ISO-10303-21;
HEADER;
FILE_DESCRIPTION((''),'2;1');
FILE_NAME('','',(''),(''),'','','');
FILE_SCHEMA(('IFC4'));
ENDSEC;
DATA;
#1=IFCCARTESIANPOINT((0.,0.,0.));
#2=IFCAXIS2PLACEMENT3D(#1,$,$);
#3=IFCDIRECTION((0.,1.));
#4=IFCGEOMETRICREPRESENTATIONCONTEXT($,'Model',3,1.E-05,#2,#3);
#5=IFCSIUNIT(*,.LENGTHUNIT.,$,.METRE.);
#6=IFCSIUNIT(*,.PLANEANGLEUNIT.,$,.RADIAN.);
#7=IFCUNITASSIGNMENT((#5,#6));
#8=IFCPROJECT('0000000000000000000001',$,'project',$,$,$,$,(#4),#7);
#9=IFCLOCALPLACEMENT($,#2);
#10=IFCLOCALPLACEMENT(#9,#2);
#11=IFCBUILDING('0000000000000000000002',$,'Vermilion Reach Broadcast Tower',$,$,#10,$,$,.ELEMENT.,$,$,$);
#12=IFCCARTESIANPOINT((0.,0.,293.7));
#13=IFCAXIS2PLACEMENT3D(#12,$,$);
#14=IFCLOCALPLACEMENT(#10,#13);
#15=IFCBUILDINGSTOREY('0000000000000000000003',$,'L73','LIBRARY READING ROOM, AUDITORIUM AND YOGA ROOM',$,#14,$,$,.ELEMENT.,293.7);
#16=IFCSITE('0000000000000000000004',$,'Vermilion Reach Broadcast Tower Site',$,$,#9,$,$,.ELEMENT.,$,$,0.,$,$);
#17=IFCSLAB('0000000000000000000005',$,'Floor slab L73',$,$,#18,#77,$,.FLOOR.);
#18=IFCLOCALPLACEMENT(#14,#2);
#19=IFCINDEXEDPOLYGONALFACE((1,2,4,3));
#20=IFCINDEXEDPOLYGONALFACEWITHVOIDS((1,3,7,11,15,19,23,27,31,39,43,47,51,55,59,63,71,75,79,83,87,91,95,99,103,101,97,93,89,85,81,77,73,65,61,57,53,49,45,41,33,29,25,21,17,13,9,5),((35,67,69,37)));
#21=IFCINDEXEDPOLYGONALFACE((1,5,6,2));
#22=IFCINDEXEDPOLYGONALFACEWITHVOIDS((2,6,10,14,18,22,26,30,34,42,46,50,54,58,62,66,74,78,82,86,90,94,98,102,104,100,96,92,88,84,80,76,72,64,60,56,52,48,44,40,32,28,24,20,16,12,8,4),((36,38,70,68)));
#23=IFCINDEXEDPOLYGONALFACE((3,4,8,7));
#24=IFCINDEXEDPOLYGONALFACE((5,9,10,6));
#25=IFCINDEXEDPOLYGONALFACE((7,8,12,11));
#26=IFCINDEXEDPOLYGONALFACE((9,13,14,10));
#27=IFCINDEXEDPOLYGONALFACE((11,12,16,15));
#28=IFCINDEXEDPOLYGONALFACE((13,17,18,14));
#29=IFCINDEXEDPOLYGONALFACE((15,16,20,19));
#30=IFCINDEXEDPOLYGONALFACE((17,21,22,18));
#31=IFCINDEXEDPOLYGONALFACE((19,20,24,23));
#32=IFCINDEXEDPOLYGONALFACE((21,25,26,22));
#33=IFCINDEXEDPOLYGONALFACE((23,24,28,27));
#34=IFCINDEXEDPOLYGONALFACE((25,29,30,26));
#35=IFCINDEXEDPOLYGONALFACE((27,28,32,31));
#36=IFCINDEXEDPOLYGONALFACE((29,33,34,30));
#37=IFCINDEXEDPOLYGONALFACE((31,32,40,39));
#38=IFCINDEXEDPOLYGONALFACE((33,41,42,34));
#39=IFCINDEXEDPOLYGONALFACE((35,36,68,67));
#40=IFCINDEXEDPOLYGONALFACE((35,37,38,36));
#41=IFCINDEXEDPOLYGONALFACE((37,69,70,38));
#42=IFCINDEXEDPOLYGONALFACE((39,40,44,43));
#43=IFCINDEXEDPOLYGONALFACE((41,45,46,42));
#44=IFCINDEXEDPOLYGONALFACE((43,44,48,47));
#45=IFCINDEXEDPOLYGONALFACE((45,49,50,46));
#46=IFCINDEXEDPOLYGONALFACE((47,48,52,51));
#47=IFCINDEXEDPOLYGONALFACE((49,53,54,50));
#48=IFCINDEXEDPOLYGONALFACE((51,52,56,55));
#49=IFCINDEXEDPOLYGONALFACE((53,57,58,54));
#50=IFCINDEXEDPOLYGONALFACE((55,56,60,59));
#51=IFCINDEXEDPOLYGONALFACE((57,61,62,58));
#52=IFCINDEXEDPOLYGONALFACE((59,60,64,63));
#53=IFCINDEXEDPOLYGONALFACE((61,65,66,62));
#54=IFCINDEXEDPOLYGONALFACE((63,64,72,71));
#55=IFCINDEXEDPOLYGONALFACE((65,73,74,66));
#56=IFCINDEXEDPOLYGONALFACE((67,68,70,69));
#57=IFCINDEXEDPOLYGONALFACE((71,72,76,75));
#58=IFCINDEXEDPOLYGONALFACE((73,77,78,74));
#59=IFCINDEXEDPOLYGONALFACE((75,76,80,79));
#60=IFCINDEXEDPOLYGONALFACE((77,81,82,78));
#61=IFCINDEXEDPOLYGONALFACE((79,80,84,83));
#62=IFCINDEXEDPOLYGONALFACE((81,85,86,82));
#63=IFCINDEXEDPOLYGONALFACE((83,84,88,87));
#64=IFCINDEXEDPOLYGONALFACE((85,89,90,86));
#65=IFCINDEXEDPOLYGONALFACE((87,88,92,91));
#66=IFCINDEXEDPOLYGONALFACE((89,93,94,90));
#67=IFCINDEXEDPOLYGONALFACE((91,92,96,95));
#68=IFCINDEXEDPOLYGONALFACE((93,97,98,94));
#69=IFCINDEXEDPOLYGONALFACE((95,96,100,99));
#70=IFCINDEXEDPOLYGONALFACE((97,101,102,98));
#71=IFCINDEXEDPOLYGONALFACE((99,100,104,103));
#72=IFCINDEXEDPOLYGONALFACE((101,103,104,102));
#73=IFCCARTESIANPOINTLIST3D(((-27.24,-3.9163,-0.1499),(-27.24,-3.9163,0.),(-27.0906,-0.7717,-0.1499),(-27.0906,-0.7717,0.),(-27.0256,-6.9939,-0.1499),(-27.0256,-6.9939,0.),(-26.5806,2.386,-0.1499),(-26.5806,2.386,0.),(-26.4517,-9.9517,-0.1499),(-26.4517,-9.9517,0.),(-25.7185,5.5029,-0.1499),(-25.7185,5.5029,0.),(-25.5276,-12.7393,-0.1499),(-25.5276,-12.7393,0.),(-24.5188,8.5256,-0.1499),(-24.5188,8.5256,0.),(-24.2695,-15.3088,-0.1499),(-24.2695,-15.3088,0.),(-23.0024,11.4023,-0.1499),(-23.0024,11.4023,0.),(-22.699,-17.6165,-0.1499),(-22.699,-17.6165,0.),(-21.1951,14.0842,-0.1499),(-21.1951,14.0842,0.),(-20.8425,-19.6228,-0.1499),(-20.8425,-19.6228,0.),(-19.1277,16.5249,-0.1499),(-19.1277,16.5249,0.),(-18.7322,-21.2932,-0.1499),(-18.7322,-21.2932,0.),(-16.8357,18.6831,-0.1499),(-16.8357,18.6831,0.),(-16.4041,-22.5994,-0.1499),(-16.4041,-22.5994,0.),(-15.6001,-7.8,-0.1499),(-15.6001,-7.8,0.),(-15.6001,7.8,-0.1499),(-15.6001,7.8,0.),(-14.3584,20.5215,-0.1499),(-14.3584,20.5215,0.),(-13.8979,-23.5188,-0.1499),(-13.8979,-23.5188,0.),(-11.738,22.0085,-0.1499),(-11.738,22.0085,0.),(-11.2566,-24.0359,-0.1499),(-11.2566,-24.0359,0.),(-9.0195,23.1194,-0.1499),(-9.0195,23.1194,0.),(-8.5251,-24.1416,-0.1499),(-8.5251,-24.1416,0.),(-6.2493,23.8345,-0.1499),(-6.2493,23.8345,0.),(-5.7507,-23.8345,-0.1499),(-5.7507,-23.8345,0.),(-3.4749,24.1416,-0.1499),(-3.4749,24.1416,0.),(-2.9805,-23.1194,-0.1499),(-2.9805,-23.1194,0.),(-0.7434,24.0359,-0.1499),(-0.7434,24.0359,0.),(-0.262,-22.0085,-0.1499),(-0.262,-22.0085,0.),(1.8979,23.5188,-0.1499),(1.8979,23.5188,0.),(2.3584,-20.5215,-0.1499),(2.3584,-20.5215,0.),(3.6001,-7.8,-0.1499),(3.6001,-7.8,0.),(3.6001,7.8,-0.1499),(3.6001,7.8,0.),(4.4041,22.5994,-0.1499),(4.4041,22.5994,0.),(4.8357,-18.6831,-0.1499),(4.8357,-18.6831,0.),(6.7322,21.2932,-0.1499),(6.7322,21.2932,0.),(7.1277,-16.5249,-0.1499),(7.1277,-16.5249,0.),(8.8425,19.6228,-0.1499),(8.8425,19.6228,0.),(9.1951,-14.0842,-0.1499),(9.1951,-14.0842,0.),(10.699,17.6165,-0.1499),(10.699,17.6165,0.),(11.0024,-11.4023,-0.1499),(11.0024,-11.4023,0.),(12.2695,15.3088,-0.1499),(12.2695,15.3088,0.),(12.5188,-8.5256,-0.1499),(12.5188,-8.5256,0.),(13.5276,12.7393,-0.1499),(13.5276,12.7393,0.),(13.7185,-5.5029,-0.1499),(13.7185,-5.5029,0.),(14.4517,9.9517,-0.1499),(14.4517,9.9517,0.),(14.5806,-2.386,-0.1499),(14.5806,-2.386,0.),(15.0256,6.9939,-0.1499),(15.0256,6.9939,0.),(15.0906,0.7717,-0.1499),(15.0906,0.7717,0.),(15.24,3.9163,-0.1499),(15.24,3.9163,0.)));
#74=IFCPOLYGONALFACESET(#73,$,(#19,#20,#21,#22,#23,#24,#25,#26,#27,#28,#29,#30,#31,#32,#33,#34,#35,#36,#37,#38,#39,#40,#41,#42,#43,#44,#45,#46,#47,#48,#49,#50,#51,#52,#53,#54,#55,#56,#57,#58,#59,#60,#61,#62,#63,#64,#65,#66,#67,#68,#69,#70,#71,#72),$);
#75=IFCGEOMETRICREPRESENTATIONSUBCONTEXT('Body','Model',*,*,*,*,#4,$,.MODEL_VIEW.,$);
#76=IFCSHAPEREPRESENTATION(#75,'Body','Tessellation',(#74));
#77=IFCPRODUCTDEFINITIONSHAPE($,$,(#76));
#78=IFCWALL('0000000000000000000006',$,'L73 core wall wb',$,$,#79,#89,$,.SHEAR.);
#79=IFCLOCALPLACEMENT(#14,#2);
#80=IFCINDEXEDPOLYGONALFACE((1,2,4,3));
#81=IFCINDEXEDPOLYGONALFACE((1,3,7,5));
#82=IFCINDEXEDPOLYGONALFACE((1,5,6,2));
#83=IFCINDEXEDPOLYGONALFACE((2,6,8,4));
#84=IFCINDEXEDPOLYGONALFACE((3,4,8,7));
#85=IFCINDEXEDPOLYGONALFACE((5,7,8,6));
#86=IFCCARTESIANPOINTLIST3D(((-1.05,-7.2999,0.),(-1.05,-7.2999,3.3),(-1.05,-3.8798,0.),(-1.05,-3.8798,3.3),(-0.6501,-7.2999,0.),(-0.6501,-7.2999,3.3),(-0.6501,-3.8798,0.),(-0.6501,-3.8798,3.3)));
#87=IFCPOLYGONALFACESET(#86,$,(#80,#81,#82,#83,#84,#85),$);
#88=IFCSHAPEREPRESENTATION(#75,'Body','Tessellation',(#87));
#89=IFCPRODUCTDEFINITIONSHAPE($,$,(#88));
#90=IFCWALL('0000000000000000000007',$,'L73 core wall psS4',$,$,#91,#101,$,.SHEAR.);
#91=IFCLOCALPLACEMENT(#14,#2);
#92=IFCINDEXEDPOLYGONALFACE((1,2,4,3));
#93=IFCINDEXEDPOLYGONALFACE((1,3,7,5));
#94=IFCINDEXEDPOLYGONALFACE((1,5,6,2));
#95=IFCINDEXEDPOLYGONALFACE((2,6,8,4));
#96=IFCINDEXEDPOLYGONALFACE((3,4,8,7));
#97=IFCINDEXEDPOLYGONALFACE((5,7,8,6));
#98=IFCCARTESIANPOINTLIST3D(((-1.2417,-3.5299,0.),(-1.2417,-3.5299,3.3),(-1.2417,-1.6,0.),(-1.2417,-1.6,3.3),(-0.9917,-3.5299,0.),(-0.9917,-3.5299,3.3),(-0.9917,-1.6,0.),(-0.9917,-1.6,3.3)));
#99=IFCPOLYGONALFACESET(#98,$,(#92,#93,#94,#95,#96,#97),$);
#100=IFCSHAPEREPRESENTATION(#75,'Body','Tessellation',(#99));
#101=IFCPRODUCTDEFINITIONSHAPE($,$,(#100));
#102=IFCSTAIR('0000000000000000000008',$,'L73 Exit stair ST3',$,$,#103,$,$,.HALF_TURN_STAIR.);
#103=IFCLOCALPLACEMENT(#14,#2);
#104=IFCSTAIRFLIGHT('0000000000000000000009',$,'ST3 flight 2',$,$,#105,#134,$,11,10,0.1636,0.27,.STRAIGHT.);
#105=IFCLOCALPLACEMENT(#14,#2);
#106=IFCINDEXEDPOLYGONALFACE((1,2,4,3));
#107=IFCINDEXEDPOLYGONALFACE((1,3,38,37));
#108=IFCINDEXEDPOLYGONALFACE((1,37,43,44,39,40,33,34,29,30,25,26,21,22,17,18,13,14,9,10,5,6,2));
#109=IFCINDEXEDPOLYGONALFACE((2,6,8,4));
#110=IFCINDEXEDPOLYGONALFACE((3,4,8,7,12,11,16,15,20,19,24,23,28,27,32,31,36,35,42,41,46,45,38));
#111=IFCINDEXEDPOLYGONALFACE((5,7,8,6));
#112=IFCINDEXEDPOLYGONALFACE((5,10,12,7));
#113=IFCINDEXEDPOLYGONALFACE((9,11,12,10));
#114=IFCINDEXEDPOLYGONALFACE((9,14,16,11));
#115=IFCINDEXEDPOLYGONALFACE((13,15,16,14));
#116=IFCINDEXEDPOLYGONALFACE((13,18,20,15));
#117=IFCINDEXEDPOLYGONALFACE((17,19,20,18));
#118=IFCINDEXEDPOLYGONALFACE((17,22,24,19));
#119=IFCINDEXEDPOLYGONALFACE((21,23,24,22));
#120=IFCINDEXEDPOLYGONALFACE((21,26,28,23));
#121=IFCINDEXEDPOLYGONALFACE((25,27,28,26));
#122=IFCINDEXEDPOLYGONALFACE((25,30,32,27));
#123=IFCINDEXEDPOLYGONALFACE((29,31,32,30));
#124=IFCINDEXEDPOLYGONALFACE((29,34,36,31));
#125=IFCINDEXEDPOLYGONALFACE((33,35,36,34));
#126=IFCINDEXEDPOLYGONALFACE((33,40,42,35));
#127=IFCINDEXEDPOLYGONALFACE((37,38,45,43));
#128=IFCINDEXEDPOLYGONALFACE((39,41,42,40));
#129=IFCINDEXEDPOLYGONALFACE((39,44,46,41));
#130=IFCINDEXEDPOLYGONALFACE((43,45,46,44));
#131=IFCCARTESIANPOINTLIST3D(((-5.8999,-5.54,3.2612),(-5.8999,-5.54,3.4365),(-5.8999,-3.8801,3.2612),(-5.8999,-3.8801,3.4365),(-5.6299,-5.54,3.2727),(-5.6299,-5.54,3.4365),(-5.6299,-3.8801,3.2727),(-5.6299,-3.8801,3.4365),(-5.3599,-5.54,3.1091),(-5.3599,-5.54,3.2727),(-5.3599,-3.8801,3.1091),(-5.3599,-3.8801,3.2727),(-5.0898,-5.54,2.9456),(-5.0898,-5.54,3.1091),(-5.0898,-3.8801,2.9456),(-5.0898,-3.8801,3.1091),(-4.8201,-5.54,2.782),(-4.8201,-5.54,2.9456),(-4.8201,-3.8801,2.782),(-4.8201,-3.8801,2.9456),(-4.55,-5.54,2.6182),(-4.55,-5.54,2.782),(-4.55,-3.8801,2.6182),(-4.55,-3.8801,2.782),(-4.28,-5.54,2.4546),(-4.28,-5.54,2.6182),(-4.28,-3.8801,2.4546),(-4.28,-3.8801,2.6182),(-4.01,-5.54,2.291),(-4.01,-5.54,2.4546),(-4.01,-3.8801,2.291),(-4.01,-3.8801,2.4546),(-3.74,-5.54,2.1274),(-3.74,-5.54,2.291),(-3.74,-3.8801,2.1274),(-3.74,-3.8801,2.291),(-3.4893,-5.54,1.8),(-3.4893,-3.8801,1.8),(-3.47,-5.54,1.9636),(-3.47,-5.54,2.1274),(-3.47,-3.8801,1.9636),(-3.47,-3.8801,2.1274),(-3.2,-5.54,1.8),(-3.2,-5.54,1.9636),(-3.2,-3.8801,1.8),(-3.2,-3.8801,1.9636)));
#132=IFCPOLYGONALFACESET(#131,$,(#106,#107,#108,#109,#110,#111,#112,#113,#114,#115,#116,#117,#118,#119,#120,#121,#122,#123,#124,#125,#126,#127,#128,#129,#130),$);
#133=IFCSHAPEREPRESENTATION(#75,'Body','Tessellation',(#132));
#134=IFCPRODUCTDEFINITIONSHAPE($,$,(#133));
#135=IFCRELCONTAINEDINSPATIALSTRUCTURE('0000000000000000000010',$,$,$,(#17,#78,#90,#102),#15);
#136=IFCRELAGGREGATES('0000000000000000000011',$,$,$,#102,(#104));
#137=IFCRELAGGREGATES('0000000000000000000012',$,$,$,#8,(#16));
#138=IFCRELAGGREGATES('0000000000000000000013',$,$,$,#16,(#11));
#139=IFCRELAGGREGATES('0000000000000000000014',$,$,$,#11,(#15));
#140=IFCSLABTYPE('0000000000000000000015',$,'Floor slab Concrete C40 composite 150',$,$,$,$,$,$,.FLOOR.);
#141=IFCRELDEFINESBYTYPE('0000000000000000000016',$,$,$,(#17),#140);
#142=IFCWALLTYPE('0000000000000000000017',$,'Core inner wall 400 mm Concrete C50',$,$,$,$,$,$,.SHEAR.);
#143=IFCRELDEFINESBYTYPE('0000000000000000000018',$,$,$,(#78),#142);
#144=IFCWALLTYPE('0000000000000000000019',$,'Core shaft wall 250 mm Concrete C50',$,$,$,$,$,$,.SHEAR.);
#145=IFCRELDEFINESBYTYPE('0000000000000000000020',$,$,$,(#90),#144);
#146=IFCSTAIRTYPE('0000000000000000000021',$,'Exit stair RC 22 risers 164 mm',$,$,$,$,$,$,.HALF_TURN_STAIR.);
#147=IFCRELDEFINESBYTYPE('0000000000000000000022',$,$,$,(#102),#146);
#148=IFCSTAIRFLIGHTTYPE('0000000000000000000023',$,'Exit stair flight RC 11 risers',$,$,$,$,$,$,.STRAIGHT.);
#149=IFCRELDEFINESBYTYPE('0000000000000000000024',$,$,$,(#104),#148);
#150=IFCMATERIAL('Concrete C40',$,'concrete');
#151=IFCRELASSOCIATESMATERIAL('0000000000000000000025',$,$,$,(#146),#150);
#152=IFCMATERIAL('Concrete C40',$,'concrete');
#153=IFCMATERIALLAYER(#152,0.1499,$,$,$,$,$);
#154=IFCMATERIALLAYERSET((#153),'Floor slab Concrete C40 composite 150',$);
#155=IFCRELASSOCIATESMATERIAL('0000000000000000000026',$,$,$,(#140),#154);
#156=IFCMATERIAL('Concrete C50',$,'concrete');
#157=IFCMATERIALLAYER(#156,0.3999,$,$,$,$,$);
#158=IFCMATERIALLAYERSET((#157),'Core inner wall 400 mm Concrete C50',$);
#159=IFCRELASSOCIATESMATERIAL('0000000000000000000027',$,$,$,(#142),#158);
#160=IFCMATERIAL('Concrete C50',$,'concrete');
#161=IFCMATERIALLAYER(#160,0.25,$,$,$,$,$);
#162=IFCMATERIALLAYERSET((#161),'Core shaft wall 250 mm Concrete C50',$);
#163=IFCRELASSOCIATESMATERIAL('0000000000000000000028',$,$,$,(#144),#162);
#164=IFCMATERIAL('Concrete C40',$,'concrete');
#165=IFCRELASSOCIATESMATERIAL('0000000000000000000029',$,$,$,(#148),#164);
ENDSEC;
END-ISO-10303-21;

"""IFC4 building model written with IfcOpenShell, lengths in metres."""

from ifc_helpers import new_model, si_unit, direction, frame, frame_2d, origin, place, context, subcontext, project, spatial, polyline, rectangle, outline, extrude, material, layer, layer_set, type_object, element, aggregate, save


model = new_model("IFC4")

# Units and contexts
model_context = context("Model", 3, precision=1e-05, world=origin(), true_north=direction((0.0, 1.0)))
body_context = subcontext(model_context, "Body", "Model", "MODEL_VIEW")
ifc_project = project(units=[si_unit("LENGTHUNIT", "METRE"), si_unit("PLANEANGLEUNIT", "RADIAN")], contexts=[model_context])

# Site, building, storey
site_placement = place(None, origin())
site = spatial("IfcSite", under=ifc_project, at=site_placement, Name="Vermilion Reach Broadcast Tower Site", CompositionType="ELEMENT", RefElevation=0.0)
building_placement = place(site_placement, origin())
building = spatial("IfcBuilding", under=site, at=building_placement, Name="Vermilion Reach Broadcast Tower", CompositionType="ELEMENT")
storey_placement = place(building_placement, frame((0.0, 0.0, 293.7)))
storey = spatial("IfcBuildingStorey", under=building, at=storey_placement, Name="L73", Description="LIBRARY READING ROOM, AUDITORIUM AND YOGA ROOM", CompositionType="ELEMENT", Elevation=293.7)

# Shared definitions
ifc_material_1 = material(Name="Concrete C40", Category="concrete")
stair_type = type_object("IfcStairType", Name="Exit stair RC 22 risers 164 mm", PredefinedType="HALF_TURN_STAIR", material=ifc_material_1)
placement_1 = place(storey_placement, origin())

# Slab
ifc_material_2 = material(Name="Concrete C40", Category="concrete")
ifc_layer_1 = layer(ifc_material_2, 0.1499)
ifc_layer_set_1 = layer_set([ifc_layer_1], Name="Floor slab Concrete C40 composite 150")
slab_type_1 = type_object("IfcSlabType", Name="Floor slab Concrete C40 composite 150", PredefinedType="FLOOR", material=ifc_layer_set_1)
slab_1_placement = place(storey_placement, frame((0.0, 0.0, -0.1499)))
element("IfcSlab", 1, at=slab_1_placement, inside=storey, type_object=slab_type_1, Name="Floor slab L73", PredefinedType="FLOOR", context=body_context, shape_type="SweptSolid", body=[
    extrude(outline(polyline([(4.4041, 22.5994), (1.8979, 23.5188), (-0.7434, 24.0359), (-3.4749, 24.1416), (-6.2493, 23.8345), (-9.0195, 23.1194), (-11.738, 22.0085), (-14.3584, 20.5215), (-16.8357, 18.6831), (-19.1277, 16.5249), (-21.1951, 14.0842), (-23.0024, 11.4023), (-24.5188, 8.5256), (-25.7185, 5.5029), (-26.5806, 2.386), (-27.0906, -0.7717), (-27.24, -3.9163), (-27.0256, -6.9939), (-26.4517, -9.9517), (-25.5276, -12.7393), (-24.2695, -15.3088), (-22.699, -17.6165), (-20.8425, -19.6228), (-18.7322, -21.2932), (-16.4041, -22.5994), (-13.8979, -23.5188), (-11.2566, -24.0359), (-8.5251, -24.1416), (-5.7507, -23.8345), (-2.9805, -23.1194), (-0.262, -22.0085), (2.3584, -20.5215), (4.8357, -18.6831), (7.1277, -16.5249), (9.1951, -14.0842), (11.0024, -11.4023), (12.5188, -8.5256), (13.7185, -5.5029), (14.5806, -2.386), (15.0906, 0.7717), (15.24, 3.9163), (15.0256, 6.9939), (14.4517, 9.9517), (13.5276, 12.7393), (12.2695, 15.3088), (10.699, 17.6165), (8.8425, 19.6228), (6.7322, 21.2932), (4.4041, 22.5994)]), holes=[polyline([(-15.6001, -7.8), (3.6001, -7.8), (3.6001, 7.8), (-15.6001, 7.8), (-15.6001, -7.8)])]), origin(), (0.0, 0.0, 1.0), 0.1499),
])

# Walls
ifc_material_3 = material(Name="Concrete C50", Category="concrete")
ifc_layer_2 = layer(ifc_material_3, 0.3999)
ifc_layer_set_2 = layer_set([ifc_layer_2], Name="Core inner wall 400 mm Concrete C50")
wall_type_1 = type_object("IfcWallType", Name="Core inner wall 400 mm Concrete C50", PredefinedType="SHEAR", material=ifc_layer_set_2)
wall_1_placement = place(storey_placement, frame((-0.8501, -3.8799, 0.0), z_axis=(0.0, 0.0, 1.0), x_axis=(0.0, -1.0, 0.0)))
element("IfcWall", 2, at=wall_1_placement, inside=storey, type_object=wall_type_1, Name="L73 core wall wb", PredefinedType="SHEAR", context=body_context, shape_type="SweptSolid", body=[
    extrude(rectangle(XDim=3.4202, YDim=0.3999, at=frame_2d((1.71, 0.0))), origin(), (0.0, 0.0, 1.0), 3.3),
])
ifc_material_4 = material(Name="Concrete C50", Category="concrete")
ifc_layer_3 = layer(ifc_material_4, 0.25)
ifc_layer_set_3 = layer_set([ifc_layer_3], Name="Core shaft wall 250 mm Concrete C50")
wall_type_2 = type_object("IfcWallType", Name="Core shaft wall 250 mm Concrete C50", PredefinedType="SHEAR", material=ifc_layer_set_3)
wall_2_placement = place(storey_placement, frame((-1.1167, -1.6001, 0.0), z_axis=(0.0, 0.0, 1.0), x_axis=(0.0, -1.0, 0.0)))
element("IfcWall", 3, at=wall_2_placement, inside=storey, type_object=wall_type_2, Name="L73 core wall psS4", PredefinedType="SHEAR", context=body_context, shape_type="SweptSolid", body=[
    extrude(rectangle(XDim=1.9299, YDim=0.25, at=frame_2d((0.9648, 0.0))), origin(), (0.0, 0.0, 1.0), 3.3),
])

# Stair, stair flight
stair_1 = element("IfcStair", 4, at=placement_1, inside=storey, type_object=stair_type, Name="L73 Exit stair ST3", PredefinedType="HALF_TURN_STAIR")
ifc_material_5 = material(Name="Concrete C40", Category="concrete")
stair_flight_type = type_object("IfcStairFlightType", Name="Exit stair flight RC 11 risers", PredefinedType="STRAIGHT", material=ifc_material_5)
stair_flight_placement = place(storey_placement, frame((-3.2, -4.71, 1.8), z_axis=(0.0, 0.0, 1.0), x_axis=(-1.0, 0.0, 0.0)))
stair_flight = element("IfcStairFlight", 5, at=stair_flight_placement, type_object=stair_flight_type, Name="ST3 flight 2", NumberOfRisers=11, NumberOfTreads=10, PredefinedType="STRAIGHT", RiserHeight=0.1636, TreadLength=0.27, context=body_context, shape_type="SweptSolid", body=[
    extrude(outline(polyline([(0.0, 0.0), (0.0, 0.1636), (0.27, 0.1636), (0.27, 0.3274), (0.54, 0.3274), (0.54, 0.491), (0.8101, 0.491), (0.8101, 0.6545), (1.0801, 0.6545), (1.0801, 0.8181), (1.3501, 0.8181), (1.3501, 0.9819), (1.6201, 0.9819), (1.6201, 1.1455), (1.8899, 1.1455), (1.8899, 1.3091), (2.1599, 1.3091), (2.1599, 1.4727), (2.4299, 1.4727), (2.4299, 1.6365), (2.7, 1.6365), (2.7, 1.8), (2.7, 1.4612), (0.2893, 0.0), (0.0, 0.0)])), frame((0.0, 0.8301, 0.0), z_axis=(0.0, -1.0, 0.0), x_axis=(1.0, 0.0, 0.0)), (0.0, 0.0, 1.0), 1.6599),
])
aggregate(stair_1, [stair_flight])

save(model, "model.ifc")
